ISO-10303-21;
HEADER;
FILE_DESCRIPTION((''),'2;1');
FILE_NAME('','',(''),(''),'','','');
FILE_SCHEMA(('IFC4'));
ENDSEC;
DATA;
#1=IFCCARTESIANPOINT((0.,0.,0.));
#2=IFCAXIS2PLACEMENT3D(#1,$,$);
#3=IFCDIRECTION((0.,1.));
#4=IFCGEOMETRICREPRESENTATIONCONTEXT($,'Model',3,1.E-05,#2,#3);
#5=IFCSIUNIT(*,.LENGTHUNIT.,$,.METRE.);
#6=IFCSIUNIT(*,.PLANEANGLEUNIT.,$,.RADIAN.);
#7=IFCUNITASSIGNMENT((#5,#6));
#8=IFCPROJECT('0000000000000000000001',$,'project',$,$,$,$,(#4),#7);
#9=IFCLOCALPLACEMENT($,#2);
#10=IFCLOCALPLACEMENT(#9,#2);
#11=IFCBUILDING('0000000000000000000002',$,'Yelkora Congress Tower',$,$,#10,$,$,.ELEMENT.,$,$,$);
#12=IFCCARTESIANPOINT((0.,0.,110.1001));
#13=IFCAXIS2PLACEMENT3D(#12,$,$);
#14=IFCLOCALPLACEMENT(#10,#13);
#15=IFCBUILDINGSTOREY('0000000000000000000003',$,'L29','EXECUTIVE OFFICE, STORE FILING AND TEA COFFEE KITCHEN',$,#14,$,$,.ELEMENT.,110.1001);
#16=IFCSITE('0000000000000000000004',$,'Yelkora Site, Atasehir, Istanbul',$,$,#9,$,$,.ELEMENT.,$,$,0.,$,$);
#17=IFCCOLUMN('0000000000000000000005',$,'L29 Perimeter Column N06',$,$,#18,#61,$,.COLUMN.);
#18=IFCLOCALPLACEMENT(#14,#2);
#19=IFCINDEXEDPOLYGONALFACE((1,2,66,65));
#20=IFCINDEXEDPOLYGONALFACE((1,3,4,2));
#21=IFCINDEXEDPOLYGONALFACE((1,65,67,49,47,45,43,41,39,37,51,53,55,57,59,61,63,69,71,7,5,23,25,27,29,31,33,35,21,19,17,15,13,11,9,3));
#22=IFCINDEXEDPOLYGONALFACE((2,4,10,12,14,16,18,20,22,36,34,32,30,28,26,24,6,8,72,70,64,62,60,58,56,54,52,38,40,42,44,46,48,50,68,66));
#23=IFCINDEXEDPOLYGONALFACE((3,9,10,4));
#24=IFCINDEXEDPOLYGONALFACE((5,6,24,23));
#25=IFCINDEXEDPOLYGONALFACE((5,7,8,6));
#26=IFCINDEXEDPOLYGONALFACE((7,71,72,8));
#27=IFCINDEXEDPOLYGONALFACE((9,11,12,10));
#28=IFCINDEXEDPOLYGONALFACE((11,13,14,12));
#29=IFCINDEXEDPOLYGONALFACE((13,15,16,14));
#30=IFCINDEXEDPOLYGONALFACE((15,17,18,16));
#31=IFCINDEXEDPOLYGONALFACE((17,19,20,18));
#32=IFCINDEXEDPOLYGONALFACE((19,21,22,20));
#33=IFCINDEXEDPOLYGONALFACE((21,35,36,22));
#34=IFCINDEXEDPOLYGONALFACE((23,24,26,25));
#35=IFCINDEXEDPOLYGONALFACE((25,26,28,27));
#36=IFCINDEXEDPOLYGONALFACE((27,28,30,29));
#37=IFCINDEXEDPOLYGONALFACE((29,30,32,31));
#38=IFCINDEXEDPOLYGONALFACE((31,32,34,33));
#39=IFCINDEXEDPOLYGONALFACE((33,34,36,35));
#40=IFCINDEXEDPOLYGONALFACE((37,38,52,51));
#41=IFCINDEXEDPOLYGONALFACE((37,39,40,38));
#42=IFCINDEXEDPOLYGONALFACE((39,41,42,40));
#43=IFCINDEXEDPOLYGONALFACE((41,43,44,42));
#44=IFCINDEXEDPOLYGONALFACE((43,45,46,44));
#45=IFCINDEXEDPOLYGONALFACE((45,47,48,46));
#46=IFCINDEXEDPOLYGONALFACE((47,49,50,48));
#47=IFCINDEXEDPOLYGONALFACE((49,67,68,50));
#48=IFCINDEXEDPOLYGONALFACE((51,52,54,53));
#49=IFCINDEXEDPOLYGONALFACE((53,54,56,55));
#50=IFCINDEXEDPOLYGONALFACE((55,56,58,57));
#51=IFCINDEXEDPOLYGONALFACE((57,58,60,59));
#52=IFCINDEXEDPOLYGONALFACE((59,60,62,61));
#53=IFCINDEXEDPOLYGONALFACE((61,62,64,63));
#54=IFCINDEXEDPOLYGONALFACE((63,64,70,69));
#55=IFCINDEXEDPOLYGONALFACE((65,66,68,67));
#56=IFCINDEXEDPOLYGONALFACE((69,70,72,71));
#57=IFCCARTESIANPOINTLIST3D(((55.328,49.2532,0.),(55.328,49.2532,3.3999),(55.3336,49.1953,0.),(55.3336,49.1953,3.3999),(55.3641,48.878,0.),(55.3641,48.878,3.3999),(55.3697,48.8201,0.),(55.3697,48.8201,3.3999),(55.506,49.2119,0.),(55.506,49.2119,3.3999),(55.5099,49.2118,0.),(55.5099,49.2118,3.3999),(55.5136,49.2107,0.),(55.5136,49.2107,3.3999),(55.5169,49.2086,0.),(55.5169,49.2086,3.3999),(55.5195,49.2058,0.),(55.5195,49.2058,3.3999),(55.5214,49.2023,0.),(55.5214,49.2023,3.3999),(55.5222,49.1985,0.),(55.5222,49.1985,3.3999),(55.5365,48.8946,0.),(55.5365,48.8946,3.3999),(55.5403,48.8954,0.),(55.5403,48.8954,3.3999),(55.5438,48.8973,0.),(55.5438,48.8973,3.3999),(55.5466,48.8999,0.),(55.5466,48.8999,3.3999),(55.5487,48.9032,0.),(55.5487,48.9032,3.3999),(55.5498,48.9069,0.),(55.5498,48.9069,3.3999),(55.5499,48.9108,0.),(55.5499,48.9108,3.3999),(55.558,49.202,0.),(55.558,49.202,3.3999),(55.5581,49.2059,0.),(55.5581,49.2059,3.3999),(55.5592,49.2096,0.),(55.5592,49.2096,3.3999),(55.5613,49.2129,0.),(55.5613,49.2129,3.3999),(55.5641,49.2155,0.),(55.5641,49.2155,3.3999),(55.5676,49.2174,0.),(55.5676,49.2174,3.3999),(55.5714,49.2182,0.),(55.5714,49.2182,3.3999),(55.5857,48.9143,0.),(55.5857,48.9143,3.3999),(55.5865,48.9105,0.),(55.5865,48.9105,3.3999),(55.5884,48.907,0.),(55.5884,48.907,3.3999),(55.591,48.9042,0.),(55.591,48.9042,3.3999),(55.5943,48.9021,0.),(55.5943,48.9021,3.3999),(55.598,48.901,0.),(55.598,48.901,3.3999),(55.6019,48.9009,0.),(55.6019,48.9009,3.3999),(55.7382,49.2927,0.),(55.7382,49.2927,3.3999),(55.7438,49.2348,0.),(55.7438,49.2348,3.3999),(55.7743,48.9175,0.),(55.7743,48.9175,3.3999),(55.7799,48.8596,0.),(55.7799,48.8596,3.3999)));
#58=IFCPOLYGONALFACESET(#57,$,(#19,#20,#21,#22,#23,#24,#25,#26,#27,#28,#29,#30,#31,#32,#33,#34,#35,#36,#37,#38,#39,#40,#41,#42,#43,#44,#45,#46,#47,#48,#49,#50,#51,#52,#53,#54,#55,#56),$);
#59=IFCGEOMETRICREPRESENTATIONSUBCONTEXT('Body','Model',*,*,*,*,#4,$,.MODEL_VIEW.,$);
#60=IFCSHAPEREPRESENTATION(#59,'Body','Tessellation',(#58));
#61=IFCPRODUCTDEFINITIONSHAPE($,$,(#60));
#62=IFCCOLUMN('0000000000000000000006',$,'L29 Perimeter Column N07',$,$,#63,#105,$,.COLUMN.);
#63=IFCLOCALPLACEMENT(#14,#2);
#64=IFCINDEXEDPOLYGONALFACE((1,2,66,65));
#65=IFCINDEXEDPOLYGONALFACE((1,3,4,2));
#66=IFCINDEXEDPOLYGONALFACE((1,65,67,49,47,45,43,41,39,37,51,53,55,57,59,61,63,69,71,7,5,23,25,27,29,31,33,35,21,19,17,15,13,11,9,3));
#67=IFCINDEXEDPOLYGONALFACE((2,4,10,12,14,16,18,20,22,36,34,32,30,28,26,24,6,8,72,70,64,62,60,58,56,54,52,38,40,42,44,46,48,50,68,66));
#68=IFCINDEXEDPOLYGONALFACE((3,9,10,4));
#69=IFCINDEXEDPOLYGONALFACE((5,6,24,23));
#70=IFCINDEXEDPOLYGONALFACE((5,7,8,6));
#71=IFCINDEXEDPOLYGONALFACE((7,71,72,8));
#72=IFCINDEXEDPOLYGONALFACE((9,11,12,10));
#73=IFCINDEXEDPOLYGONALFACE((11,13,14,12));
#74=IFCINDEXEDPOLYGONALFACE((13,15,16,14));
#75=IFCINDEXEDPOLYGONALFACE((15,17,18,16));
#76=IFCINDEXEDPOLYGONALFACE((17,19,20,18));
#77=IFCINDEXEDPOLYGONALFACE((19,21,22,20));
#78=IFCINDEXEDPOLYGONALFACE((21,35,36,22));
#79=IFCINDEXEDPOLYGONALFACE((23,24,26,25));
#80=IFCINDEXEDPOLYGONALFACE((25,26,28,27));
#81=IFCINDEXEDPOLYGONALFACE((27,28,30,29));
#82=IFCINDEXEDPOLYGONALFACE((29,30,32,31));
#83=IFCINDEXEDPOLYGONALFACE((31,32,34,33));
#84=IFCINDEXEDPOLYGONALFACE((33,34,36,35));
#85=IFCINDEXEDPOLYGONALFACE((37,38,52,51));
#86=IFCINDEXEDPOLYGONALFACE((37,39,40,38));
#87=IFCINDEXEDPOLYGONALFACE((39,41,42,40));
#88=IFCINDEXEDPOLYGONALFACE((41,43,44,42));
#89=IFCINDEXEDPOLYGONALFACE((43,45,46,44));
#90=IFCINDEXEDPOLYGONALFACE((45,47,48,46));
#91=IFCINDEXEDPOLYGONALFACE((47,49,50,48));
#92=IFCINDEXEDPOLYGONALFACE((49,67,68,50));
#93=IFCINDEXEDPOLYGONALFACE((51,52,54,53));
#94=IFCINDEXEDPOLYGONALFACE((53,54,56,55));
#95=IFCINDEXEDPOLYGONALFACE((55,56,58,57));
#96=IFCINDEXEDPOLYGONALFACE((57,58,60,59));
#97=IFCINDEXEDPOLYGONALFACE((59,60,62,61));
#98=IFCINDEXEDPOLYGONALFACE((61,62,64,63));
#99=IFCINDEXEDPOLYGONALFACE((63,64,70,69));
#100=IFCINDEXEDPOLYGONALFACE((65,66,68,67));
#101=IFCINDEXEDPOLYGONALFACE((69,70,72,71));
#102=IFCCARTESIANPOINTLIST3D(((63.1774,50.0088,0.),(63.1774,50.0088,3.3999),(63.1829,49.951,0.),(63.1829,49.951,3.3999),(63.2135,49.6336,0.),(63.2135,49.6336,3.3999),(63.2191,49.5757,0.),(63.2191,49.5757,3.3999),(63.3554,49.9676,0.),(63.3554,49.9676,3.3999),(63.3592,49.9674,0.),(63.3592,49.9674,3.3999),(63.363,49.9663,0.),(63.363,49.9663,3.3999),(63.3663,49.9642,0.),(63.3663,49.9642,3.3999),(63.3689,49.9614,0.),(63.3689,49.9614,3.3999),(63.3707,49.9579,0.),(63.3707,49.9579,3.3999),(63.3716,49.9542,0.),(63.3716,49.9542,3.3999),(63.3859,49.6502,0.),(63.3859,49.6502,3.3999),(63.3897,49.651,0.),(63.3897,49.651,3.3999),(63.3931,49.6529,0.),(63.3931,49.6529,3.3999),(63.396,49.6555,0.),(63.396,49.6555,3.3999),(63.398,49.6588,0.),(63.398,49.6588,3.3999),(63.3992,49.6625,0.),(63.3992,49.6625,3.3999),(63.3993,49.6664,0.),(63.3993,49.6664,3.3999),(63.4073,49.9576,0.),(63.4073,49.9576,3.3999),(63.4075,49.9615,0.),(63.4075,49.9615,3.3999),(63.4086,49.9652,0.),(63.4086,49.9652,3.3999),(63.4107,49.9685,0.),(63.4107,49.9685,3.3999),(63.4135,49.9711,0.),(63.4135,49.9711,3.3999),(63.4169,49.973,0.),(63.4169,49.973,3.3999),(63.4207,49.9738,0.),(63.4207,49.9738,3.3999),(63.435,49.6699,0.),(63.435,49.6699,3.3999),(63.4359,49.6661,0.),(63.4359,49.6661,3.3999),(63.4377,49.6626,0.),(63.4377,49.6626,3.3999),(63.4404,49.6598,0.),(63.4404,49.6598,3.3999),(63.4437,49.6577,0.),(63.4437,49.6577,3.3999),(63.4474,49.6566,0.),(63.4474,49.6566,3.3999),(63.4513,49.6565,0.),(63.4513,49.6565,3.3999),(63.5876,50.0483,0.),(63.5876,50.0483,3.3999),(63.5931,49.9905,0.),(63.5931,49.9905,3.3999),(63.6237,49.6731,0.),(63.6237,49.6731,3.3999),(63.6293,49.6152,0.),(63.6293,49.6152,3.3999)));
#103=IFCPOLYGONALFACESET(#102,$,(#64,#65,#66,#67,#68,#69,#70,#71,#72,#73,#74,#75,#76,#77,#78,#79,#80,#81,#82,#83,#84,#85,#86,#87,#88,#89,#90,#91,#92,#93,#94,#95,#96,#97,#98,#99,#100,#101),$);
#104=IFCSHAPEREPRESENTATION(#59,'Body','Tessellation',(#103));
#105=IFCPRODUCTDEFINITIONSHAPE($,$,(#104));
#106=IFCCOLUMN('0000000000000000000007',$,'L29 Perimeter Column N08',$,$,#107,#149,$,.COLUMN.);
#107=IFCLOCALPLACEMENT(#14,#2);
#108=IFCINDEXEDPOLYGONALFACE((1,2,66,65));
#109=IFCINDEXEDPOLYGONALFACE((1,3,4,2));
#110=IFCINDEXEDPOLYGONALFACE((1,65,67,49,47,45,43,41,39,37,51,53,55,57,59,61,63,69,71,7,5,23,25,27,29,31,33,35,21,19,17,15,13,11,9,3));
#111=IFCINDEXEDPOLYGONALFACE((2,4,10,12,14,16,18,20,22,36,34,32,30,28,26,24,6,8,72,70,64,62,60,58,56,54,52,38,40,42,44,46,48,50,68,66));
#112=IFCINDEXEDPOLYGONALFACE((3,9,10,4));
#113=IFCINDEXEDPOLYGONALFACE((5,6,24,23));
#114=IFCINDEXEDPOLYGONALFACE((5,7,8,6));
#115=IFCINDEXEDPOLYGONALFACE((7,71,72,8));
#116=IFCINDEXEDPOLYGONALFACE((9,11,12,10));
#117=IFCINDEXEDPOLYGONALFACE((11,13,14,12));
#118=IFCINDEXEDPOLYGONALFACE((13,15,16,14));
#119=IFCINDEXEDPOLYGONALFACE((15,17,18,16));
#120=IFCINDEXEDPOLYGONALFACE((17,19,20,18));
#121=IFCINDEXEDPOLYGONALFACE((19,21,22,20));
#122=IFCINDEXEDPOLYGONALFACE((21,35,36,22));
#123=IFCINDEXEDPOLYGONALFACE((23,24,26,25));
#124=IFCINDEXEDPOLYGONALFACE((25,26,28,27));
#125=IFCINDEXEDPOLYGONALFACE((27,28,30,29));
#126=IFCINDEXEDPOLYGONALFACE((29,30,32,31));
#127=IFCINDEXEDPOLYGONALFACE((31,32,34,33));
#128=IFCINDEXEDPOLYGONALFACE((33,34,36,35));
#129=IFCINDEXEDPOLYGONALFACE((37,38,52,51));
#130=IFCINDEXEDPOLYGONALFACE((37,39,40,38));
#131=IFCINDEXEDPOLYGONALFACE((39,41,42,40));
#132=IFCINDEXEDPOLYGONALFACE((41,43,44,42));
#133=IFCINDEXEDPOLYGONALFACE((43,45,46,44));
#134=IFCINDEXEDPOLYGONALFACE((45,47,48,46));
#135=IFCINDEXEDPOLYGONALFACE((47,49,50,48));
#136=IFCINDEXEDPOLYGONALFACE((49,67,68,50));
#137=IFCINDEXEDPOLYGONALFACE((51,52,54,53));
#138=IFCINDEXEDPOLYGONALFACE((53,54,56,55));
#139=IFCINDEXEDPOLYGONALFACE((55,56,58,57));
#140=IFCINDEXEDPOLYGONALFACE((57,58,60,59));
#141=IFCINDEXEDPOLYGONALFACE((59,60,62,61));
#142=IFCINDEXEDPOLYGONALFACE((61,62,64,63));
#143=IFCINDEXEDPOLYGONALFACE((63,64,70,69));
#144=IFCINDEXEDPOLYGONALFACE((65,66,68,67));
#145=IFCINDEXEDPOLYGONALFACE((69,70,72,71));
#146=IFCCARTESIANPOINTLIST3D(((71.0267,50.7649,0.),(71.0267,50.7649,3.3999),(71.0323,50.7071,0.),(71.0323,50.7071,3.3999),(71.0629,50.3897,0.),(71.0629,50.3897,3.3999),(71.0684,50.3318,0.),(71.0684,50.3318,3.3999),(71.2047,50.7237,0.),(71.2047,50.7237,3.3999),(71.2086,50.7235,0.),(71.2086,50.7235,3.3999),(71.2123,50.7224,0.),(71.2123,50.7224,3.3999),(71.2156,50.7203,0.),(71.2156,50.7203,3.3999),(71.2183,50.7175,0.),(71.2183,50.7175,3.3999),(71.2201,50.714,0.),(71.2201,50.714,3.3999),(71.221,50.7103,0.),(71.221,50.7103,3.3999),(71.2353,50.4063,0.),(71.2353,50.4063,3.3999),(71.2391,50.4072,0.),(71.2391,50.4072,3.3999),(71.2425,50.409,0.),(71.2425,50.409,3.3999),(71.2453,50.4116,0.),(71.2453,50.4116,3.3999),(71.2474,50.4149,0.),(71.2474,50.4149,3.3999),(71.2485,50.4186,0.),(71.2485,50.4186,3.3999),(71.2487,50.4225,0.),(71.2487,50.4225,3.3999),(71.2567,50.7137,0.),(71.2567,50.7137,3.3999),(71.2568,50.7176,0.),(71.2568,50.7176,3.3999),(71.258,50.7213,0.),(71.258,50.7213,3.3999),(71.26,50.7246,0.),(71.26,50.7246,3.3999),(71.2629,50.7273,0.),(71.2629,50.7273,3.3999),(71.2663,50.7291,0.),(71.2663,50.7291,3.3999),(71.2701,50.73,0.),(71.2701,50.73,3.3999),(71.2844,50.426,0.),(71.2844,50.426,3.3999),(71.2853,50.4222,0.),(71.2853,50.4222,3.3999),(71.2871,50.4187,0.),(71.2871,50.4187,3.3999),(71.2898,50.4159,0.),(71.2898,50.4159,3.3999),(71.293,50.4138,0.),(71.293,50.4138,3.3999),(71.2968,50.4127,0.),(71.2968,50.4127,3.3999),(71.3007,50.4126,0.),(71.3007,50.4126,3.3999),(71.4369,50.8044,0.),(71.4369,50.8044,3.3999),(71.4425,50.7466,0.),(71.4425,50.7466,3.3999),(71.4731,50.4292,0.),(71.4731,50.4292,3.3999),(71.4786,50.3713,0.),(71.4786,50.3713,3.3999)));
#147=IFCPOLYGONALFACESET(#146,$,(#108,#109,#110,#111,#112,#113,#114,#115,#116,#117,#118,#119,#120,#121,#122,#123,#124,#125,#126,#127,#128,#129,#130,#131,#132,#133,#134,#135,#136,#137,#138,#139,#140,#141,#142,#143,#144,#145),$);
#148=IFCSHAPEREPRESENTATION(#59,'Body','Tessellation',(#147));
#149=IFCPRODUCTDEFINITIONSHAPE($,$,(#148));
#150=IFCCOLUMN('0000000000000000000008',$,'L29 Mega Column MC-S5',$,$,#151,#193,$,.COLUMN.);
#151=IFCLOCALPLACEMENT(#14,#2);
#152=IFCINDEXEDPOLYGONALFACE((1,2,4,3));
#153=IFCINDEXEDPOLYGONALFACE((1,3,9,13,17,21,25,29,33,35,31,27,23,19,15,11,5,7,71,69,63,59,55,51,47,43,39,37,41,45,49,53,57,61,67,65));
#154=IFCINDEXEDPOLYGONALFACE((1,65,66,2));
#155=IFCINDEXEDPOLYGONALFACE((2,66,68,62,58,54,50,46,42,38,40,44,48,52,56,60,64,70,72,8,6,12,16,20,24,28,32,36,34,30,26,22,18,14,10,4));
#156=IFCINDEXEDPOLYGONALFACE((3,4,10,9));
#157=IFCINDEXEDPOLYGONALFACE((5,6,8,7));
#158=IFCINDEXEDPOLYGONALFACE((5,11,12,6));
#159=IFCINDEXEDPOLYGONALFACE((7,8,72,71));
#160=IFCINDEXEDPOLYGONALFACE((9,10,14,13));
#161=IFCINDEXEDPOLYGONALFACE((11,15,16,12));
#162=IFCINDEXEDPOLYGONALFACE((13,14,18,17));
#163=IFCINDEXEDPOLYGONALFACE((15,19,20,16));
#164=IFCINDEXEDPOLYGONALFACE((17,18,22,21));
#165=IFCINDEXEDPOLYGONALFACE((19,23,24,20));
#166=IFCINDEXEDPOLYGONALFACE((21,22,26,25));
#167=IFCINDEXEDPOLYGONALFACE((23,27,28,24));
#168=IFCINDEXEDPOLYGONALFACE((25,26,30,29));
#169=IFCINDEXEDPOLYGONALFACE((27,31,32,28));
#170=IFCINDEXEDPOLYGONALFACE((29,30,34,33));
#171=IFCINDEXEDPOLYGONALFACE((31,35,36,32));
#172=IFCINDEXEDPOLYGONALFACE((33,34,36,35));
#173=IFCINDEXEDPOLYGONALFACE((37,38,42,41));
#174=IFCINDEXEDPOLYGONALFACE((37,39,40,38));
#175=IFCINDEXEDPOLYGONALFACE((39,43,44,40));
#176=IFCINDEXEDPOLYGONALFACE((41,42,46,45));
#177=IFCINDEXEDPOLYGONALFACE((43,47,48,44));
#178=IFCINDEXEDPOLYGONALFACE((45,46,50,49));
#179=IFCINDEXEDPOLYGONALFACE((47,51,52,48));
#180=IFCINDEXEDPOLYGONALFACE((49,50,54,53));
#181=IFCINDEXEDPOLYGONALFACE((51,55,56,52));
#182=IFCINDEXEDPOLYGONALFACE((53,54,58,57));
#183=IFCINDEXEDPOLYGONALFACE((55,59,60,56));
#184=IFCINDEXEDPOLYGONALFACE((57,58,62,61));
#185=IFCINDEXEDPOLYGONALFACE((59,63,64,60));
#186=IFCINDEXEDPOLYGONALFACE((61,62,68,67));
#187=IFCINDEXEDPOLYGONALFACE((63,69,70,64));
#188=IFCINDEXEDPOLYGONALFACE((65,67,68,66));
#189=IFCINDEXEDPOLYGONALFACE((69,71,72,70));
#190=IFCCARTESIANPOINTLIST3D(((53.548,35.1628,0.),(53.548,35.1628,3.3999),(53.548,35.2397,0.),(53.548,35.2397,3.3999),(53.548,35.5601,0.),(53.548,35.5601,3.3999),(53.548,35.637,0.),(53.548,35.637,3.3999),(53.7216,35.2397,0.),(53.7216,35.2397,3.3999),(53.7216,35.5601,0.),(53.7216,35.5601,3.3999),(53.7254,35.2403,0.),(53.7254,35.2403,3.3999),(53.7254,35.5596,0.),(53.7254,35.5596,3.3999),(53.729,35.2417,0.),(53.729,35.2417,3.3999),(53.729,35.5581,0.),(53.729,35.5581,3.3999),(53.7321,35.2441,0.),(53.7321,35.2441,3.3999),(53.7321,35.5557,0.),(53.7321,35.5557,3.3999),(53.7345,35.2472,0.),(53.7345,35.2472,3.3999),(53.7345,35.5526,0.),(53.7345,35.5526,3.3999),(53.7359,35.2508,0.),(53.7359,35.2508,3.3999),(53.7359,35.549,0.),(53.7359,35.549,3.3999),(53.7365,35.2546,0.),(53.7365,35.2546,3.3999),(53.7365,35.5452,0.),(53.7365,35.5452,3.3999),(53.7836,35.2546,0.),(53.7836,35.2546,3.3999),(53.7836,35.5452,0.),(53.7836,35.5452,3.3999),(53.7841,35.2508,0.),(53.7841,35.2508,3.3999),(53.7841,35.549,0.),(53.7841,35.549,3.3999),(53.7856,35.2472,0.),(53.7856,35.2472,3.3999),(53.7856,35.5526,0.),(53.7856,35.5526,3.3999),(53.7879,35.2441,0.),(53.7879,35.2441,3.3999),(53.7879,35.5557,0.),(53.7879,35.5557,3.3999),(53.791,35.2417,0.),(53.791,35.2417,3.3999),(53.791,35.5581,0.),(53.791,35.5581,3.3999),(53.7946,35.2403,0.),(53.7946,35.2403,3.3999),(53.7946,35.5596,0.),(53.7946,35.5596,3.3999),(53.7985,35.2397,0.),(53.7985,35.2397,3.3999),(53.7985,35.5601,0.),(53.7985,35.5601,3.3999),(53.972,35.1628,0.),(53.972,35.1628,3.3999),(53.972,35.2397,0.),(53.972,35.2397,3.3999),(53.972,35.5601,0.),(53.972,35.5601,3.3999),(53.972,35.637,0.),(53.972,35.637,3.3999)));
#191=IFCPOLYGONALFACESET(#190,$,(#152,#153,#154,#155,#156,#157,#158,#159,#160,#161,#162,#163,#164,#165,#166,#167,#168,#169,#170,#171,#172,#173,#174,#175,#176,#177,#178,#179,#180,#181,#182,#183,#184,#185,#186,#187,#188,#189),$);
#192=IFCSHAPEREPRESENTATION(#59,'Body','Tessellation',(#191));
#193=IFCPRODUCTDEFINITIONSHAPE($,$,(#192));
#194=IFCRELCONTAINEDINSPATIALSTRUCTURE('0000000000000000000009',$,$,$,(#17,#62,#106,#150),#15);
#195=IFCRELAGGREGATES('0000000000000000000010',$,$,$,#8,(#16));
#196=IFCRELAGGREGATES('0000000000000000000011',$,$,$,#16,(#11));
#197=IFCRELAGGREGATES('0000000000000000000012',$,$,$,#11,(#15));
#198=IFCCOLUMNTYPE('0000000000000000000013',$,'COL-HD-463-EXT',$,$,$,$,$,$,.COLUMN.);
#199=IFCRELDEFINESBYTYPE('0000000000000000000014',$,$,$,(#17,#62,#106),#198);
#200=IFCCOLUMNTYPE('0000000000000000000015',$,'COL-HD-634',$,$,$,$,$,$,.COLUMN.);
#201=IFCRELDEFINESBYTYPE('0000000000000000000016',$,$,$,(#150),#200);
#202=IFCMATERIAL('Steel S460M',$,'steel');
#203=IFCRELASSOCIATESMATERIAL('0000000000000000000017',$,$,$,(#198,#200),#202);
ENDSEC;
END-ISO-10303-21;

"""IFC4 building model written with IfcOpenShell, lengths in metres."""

from ifc_helpers import new_model, si_unit, direction, frame, origin, origin_2d, place, context, subcontext, project, spatial, i_section, extrude, material, material_profile, profile_set, type_object, element, save


model = new_model("IFC4")

# Units and contexts
model_context = context("Model", 3, precision=1e-05, world=origin(), true_north=direction((0.0, 1.0)))
body_context = subcontext(model_context, "Body", "Model", "MODEL_VIEW")
ifc_project = project(units=[si_unit("LENGTHUNIT", "METRE"), si_unit("PLANEANGLEUNIT", "RADIAN")], contexts=[model_context])

# Site, building, storey
site_placement = place(None, origin())
site = spatial("IfcSite", under=ifc_project, at=site_placement, Name="Yelkora Site, Atasehir, Istanbul", CompositionType="ELEMENT", RefElevation=0.0)
building_placement = place(site_placement, origin())
building = spatial("IfcBuilding", under=site, at=building_placement, Name="Yelkora Congress Tower", CompositionType="ELEMENT")
storey_placement = place(building_placement, frame((0.0, 0.0, 110.1001)))
storey = spatial("IfcBuildingStorey", under=building, at=storey_placement, Name="L29", Description="EXECUTIVE OFFICE, STORE FILING AND TEA COFFEE KITCHEN", CompositionType="ELEMENT", Elevation=110.1001)

# Columns
ifc_material_1 = material(Name="Steel S460M", Category="steel")
ifc_material_profile_1 = material_profile(ifc_material_1, i_section(OverallWidth=0.4121, OverallDepth=0.4351, WebThickness=0.0359, FlangeThickness=0.0581, FilletRadius=0.0149, at=origin_2d()), Name="HD 400x463")
ifc_profile_set_1 = profile_set([ifc_material_profile_1], Name="Steel S460M")
column_type_1 = type_object("IfcColumnType", Name="COL-HD-463-EXT", PredefinedType="COLUMN", material=ifc_profile_set_1)
for number, where, z_axis, x_axis, name in (
    (1, (55.554, 49.0564, 0.0), (0.0, 0.0, 1.0), (0.995396, 0.095846, 0.0), "L29 Perimeter Column N06"),
    (2, (63.4033, 49.812, 0.0), (0.0, 0.0, 1.0), (0.995396, 0.095846, 0.0), "L29 Perimeter Column N07"),
    (3, (71.2527, 50.5681, 0.0), (0.0, 0.0, 1.0), (0.995396, 0.095846, 0.0), "L29 Perimeter Column N08"),
):
    element("IfcColumn", number, at=place(storey_placement, frame(where, z_axis=z_axis, x_axis=x_axis)), inside=storey, type_object=column_type_1, Name=name, PredefinedType="COLUMN", context=body_context, shape_type="SweptSolid", body=[
        extrude(i_section(OverallWidth=0.4121, OverallDepth=0.4351, WebThickness=0.0359, FlangeThickness=0.0581, FilletRadius=0.0149, at=origin_2d()), origin(), (0.0, 0.0, 1.0), 3.3999),
    ])
ifc_material_profile_2 = material_profile(ifc_material_1, i_section(OverallWidth=0.4241, OverallDepth=0.4741, WebThickness=0.0471, FlangeThickness=0.0769, FilletRadius=0.0149, at=origin_2d()), Name="HD 400x634")
ifc_profile_set_2 = profile_set([ifc_material_profile_2], Name="Steel S460M")
column_type_2 = type_object("IfcColumnType", Name="COL-HD-634", PredefinedType="COLUMN", material=ifc_profile_set_2)
for number, where, z_axis, x_axis, name in (
    (4, (53.76, 35.3999, 0.0), (0.0, 0.0, 1.0), (1.0, 0.0, 0.0), "L29 Mega Column MC-S5"),
):
    element("IfcColumn", number, at=place(storey_placement, frame(where, z_axis=z_axis, x_axis=x_axis)), inside=storey, type_object=column_type_2, Name=name, PredefinedType="COLUMN", context=body_context, shape_type="SweptSolid", body=[
        extrude(i_section(OverallWidth=0.4241, OverallDepth=0.4741, WebThickness=0.0471, FlangeThickness=0.0769, FilletRadius=0.0149, at=origin_2d()), origin(), (0.0, 0.0, 1.0), 3.3999),
    ])

save(model, "model.ifc")
